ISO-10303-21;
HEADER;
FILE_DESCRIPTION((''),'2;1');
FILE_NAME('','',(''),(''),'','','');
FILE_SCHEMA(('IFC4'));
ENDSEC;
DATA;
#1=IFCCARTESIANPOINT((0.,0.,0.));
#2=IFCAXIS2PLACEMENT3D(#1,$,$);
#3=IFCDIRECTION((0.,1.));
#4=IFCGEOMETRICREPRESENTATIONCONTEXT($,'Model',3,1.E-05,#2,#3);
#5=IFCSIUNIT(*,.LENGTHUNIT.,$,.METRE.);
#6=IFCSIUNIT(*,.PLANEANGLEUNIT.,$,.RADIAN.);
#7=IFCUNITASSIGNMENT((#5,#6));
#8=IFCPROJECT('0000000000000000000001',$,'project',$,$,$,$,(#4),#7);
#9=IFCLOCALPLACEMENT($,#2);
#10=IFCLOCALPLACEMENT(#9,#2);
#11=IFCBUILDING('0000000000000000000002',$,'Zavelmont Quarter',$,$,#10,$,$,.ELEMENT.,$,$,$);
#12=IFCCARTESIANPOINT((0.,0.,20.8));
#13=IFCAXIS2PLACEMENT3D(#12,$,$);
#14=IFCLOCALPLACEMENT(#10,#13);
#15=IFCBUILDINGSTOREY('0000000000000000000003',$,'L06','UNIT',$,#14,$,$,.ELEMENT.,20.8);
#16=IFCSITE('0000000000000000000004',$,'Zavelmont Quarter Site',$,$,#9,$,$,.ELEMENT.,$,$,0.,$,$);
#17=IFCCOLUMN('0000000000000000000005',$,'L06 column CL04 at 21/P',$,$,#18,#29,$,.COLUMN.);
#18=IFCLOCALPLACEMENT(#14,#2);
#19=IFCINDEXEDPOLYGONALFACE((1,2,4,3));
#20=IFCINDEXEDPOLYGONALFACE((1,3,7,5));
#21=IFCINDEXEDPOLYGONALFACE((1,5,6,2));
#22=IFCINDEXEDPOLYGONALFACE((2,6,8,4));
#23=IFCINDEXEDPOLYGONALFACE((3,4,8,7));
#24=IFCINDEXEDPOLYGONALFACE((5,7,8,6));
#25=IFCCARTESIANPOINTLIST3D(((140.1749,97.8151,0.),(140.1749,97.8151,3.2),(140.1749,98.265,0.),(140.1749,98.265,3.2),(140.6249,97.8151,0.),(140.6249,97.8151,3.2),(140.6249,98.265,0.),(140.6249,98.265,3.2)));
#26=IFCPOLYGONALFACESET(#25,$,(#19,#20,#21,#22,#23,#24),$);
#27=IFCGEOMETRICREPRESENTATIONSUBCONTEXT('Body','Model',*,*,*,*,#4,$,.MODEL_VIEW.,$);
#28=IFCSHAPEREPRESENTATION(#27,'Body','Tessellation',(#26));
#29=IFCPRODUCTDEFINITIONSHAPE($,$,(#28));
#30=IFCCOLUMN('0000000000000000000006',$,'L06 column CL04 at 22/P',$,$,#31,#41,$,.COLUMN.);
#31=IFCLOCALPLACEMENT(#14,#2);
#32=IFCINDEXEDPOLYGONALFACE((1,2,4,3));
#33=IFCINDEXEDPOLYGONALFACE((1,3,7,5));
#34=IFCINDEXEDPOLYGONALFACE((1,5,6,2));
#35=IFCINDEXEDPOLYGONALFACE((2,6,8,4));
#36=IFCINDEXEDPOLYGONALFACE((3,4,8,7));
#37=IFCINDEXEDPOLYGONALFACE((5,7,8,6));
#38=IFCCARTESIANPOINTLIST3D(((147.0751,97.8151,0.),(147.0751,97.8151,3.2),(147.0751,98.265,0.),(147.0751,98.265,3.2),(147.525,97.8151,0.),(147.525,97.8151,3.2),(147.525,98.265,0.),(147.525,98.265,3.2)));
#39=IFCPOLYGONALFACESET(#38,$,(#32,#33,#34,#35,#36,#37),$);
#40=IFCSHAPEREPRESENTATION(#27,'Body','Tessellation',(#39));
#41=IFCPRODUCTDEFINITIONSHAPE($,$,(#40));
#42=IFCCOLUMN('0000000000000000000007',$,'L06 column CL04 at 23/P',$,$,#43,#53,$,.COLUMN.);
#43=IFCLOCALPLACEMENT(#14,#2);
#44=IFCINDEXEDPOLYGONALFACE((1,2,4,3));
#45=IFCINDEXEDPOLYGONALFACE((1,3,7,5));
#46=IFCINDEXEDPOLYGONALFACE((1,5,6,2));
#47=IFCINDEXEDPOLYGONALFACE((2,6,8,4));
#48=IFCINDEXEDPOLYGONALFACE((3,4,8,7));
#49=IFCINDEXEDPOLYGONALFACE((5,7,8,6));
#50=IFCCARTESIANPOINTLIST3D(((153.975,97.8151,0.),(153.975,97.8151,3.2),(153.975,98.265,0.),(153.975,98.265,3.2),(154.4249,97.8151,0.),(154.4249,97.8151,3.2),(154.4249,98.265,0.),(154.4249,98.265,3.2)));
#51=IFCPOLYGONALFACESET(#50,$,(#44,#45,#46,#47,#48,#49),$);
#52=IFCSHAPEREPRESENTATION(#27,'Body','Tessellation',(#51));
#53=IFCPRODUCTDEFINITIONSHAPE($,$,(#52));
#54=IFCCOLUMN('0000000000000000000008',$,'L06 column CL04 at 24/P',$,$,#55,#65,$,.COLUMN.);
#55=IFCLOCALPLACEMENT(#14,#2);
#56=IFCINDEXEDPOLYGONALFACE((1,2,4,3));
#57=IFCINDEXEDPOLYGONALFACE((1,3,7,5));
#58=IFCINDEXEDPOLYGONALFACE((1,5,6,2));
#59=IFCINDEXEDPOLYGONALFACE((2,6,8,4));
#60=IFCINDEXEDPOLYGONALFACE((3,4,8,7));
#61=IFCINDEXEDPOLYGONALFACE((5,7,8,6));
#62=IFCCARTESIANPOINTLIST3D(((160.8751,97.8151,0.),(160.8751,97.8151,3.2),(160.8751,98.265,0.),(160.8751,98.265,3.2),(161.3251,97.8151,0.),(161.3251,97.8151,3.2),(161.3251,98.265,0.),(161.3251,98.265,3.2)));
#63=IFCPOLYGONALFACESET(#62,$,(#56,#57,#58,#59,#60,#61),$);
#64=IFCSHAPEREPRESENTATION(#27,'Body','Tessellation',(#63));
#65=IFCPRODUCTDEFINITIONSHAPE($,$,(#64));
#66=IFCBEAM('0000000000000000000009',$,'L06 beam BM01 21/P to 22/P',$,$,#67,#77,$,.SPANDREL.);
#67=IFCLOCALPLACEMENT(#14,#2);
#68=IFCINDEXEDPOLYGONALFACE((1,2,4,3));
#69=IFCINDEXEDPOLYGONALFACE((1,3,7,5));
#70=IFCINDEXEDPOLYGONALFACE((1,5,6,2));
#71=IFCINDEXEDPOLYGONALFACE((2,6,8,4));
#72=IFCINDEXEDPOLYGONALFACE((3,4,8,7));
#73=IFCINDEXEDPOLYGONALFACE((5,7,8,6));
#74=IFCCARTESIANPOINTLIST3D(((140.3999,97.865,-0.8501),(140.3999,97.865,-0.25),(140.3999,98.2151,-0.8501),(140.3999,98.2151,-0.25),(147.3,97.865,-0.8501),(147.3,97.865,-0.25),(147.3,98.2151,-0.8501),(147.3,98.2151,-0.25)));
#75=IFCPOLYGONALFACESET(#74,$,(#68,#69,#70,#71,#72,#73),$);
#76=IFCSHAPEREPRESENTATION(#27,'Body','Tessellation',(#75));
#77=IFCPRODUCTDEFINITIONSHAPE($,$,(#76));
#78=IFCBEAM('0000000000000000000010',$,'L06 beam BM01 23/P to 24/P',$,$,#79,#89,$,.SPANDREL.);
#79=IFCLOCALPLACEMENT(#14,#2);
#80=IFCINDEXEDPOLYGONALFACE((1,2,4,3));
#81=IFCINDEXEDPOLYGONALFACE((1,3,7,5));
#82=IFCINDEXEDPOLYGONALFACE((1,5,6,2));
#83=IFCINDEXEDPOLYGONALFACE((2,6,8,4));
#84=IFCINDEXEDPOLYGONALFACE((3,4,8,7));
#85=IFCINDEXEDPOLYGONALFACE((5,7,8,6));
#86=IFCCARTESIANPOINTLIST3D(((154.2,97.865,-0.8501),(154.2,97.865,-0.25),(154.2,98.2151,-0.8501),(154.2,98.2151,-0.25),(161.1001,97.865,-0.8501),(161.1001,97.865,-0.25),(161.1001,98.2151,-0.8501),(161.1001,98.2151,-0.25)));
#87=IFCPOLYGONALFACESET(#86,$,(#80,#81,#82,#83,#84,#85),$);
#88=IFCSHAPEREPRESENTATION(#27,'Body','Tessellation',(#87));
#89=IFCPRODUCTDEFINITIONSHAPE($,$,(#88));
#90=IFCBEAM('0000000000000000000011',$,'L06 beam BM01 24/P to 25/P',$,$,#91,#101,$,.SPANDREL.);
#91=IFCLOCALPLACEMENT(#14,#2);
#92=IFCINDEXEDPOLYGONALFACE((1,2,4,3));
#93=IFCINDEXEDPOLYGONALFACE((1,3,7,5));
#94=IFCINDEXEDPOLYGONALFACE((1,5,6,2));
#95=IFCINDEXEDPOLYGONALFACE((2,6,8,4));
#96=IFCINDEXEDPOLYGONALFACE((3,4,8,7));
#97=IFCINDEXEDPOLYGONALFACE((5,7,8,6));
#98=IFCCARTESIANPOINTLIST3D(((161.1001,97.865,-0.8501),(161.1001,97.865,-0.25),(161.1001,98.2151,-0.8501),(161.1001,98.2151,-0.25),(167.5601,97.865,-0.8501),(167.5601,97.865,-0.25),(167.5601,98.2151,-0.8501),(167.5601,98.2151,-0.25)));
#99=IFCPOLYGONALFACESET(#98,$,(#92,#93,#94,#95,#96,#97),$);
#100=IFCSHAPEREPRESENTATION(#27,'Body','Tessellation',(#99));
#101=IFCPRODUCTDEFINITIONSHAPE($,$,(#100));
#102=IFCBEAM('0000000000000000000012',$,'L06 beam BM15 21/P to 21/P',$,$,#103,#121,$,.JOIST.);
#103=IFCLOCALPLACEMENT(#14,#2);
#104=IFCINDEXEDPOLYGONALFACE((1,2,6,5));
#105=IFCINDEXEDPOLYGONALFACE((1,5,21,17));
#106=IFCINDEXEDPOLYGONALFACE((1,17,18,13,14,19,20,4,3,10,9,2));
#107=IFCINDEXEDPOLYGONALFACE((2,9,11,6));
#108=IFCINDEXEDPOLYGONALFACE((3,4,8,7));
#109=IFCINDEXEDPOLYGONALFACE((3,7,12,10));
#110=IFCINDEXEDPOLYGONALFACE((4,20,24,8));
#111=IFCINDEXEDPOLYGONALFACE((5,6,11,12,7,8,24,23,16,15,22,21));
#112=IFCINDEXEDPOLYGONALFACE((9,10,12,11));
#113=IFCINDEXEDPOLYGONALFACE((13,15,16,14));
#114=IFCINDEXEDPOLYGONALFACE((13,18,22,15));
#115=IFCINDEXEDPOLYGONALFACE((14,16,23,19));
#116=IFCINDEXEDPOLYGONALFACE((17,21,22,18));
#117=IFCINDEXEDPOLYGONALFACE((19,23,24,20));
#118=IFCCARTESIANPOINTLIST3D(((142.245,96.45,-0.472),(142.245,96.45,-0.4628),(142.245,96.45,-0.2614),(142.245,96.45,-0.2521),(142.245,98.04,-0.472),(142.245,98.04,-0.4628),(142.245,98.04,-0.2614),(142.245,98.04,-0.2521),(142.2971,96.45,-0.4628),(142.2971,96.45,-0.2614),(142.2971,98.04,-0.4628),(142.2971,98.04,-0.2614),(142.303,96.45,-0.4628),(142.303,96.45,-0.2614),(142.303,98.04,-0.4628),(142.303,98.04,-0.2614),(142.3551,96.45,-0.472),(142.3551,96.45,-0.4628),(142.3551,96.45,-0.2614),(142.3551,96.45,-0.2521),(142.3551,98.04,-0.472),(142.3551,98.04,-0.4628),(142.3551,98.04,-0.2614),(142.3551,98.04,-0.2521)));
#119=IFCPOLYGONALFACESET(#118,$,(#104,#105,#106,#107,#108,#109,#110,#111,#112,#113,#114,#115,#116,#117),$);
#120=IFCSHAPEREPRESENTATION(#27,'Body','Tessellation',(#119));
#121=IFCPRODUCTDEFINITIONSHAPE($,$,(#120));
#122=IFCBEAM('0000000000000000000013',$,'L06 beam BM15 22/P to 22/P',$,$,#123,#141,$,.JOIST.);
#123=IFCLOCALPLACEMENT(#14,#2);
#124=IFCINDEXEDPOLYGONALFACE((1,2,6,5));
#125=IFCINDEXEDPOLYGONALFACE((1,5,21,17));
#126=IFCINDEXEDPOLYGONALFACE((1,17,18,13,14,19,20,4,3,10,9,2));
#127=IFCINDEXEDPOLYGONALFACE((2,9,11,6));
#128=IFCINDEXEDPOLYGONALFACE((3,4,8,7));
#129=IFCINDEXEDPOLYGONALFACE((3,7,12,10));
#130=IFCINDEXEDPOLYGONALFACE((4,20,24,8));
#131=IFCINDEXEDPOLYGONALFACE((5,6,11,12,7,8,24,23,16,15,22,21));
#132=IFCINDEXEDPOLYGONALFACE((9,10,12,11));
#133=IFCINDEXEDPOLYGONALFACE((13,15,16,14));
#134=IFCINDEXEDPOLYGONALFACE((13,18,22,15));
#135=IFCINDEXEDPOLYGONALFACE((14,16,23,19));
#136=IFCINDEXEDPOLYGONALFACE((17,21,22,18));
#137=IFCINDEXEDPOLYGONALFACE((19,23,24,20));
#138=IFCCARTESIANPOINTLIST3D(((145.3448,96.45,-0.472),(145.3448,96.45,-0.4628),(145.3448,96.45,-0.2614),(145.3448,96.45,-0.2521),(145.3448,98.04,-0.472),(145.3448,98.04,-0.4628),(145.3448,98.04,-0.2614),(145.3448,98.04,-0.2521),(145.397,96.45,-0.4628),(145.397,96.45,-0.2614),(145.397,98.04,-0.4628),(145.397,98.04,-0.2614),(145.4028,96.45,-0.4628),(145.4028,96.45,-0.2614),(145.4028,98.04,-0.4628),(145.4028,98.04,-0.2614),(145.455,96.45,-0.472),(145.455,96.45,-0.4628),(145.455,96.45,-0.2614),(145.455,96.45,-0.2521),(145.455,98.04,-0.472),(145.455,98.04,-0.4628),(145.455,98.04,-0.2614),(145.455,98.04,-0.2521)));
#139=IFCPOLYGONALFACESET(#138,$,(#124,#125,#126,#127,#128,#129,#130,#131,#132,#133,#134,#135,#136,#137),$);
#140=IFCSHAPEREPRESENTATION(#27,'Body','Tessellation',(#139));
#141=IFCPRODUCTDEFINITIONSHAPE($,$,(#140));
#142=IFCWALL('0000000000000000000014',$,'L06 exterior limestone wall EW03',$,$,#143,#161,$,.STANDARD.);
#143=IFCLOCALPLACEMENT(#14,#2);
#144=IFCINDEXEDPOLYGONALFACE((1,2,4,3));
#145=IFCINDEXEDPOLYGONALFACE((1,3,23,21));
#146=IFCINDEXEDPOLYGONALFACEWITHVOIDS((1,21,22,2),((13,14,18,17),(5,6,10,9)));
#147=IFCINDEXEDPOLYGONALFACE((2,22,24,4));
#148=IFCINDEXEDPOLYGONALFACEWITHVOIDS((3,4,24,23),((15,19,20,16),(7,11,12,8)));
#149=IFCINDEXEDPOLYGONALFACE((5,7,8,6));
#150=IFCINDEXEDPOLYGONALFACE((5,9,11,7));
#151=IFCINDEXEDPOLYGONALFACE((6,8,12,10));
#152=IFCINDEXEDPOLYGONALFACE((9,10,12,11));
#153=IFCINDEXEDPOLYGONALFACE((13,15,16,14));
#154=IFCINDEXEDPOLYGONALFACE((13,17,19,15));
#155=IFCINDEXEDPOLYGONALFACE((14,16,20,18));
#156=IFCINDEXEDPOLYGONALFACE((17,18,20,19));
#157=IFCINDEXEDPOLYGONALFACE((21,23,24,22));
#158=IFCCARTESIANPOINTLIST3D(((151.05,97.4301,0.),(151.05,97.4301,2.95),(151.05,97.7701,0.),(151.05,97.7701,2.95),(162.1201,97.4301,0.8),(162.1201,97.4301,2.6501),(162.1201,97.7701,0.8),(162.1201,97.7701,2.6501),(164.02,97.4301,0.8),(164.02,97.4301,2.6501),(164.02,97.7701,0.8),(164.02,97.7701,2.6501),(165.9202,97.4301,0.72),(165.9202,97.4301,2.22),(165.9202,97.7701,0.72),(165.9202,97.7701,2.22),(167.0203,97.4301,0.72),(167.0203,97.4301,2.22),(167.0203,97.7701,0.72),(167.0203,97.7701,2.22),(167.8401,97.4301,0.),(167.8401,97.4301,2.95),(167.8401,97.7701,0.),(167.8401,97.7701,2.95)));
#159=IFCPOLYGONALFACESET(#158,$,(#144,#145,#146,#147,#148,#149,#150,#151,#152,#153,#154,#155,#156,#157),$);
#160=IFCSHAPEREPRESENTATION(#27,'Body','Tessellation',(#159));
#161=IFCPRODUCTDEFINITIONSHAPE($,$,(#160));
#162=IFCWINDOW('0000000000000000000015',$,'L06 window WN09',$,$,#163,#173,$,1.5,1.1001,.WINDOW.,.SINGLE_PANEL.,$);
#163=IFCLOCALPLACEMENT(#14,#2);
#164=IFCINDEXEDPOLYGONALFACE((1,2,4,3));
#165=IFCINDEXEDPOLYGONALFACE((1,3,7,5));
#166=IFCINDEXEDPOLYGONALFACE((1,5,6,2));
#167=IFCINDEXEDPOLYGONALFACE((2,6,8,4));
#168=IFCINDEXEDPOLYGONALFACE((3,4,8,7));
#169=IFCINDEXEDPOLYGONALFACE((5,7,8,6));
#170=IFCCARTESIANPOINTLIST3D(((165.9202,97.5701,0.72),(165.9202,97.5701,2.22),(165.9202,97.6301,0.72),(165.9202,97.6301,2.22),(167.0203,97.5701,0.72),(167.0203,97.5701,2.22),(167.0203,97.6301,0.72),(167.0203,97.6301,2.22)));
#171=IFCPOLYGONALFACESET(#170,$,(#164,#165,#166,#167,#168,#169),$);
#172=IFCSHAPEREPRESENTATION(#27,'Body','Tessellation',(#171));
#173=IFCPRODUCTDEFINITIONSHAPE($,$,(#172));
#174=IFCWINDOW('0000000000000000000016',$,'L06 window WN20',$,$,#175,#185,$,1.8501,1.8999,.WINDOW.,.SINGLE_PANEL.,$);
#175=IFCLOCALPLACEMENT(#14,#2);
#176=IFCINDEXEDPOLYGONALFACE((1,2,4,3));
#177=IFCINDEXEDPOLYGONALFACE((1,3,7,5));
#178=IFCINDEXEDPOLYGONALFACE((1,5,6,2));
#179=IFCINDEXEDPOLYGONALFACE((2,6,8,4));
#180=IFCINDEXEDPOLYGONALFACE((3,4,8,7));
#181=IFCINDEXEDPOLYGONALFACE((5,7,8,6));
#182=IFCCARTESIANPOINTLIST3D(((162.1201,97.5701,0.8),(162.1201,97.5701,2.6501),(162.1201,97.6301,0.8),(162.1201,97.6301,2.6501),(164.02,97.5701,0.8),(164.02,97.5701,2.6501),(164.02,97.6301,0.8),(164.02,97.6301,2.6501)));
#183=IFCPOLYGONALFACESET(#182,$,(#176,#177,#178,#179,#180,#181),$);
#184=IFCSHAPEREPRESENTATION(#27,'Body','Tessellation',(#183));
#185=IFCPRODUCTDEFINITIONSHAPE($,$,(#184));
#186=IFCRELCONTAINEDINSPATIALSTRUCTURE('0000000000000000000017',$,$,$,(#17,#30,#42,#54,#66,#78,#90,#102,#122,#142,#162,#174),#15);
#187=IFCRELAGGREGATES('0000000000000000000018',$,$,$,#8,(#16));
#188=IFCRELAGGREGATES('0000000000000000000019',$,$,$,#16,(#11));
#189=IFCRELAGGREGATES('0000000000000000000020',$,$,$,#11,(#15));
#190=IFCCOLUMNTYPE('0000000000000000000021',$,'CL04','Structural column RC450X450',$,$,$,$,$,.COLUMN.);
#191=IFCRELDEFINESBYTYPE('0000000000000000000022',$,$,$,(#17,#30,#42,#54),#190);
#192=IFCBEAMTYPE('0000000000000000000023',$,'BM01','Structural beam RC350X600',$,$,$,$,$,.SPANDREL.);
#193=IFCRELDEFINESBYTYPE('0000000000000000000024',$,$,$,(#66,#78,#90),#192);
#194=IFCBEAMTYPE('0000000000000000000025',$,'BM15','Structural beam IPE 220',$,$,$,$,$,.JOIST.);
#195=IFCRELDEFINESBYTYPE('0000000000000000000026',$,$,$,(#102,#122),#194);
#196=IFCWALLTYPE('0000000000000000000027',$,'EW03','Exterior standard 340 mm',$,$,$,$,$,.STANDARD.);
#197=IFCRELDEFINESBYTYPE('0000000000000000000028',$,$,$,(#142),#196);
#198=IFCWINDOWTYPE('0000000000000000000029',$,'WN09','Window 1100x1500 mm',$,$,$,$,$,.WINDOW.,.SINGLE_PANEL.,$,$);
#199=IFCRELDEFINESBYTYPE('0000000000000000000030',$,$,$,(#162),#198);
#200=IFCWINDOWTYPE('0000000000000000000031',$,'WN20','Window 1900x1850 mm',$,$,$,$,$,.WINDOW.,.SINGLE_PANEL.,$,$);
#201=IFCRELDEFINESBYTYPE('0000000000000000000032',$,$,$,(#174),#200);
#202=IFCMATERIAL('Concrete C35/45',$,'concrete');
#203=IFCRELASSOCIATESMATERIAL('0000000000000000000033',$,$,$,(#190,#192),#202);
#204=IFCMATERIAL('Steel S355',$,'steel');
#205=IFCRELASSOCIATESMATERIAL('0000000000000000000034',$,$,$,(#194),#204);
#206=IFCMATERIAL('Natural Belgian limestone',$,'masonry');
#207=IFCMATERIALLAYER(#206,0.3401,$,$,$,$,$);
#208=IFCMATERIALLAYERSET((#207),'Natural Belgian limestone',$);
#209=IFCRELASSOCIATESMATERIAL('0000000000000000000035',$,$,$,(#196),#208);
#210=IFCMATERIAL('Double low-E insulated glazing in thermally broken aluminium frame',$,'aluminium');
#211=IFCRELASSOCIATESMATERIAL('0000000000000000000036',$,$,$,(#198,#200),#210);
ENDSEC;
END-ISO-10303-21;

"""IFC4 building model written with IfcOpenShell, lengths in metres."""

from ifc_helpers import new_model, si_unit, direction, frame, frame_2d, origin, origin_with_axes, origin_2d, place, context, subcontext, project, spatial, rectangle, i_section, extrude, material, layer, layer_set, material_profile, profile_set, type_object, element, fill, save


model = new_model("IFC4")

# Units and contexts
model_context = context("Model", 3, precision=1e-05, world=origin(), true_north=direction((0.0, 1.0)))
body_context = subcontext(model_context, "Body", "Model", "MODEL_VIEW")
ifc_project = project(units=[si_unit("LENGTHUNIT", "METRE"), si_unit("PLANEANGLEUNIT", "RADIAN")], contexts=[model_context])

# Site, building, storey
site_placement = place(None, origin())
site = spatial("IfcSite", under=ifc_project, at=site_placement, Name="Zavelmont Quarter Site", CompositionType="ELEMENT", RefElevation=0.0)
building_placement = place(site_placement, origin())
building = spatial("IfcBuilding", under=site, at=building_placement, Name="Zavelmont Quarter", CompositionType="ELEMENT")
storey_placement = place(building_placement, frame((0.0, 0.0, 20.8)))
storey = spatial("IfcBuildingStorey", under=building, at=storey_placement, Name="L06", Description="UNIT", CompositionType="ELEMENT", Elevation=20.8)

# Columns
ifc_material_1 = material(Name="Concrete C35/45", Category="concrete")
ifc_material_profile_1 = material_profile(ifc_material_1, rectangle(XDim=0.45, YDim=0.45, at=origin_2d()), Name="RC450X450")
ifc_profile_set_1 = profile_set([ifc_material_profile_1], Name="Concrete C35/45")
column_type = type_object("IfcColumnType", Name="CL04", Description="Structural column RC450X450", PredefinedType="COLUMN", material=ifc_profile_set_1)
for number, where, z_axis, x_axis, name in (
    (1, (140.3999, 98.04, 0.0), (0.0, 0.0, 1.0), (1.0, 0.0, 0.0), "L06 column CL04 at 21/P"),
    (2, (147.3, 98.04, 0.0), (0.0, 0.0, 1.0), (1.0, 0.0, 0.0), "L06 column CL04 at 22/P"),
    (3, (154.2, 98.04, 0.0), (0.0, 0.0, 1.0), (1.0, 0.0, 0.0), "L06 column CL04 at 23/P"),
    (4, (161.1001, 98.04, 0.0), (0.0, 0.0, 1.0), (1.0, 0.0, 0.0), "L06 column CL04 at 24/P"),
):
    element("IfcColumn", number, at=place(storey_placement, frame(where, z_axis=z_axis, x_axis=x_axis)), inside=storey, type_object=column_type, Name=name, PredefinedType="COLUMN", context=body_context, shape_type="SweptSolid", body=[
        extrude(rectangle(XDim=0.45, YDim=0.45, at=origin_2d()), origin(), (0.0, 0.0, 1.0), 3.2),
    ])

# Beams
ifc_material_profile_2 = material_profile(ifc_material_1, rectangle(XDim=0.3501, YDim=0.6001, at=origin_2d()), Name="RC350X600")
ifc_profile_set_2 = profile_set([ifc_material_profile_2], Name="Concrete C35/45")
beam_type_1 = type_object("IfcBeamType", Name="BM01", Description="Structural beam RC350X600", PredefinedType="SPANDREL", material=ifc_profile_set_2)
for number, where, z_axis, x_axis, name in (
    (5, (140.3999, 98.04, -0.55), (1.0, 0.0, 0.0), (0.0, 1.0, 0.0), "L06 beam BM01 21/P to 22/P"),
    (6, (154.2, 98.04, -0.55), (1.0, 0.0, 0.0), (0.0, 1.0, 0.0), "L06 beam BM01 23/P to 24/P"),
):
    element("IfcBeam", number, at=place(storey_placement, frame(where, z_axis=z_axis, x_axis=x_axis)), inside=storey, type_object=beam_type_1, Name=name, PredefinedType="SPANDREL", context=body_context, shape_type="SweptSolid", body=[
        extrude(rectangle(XDim=0.3501, YDim=0.6001, at=origin_2d()), origin(), (0.0, 0.0, 1.0), 6.9001),
    ])
beam_placement = place(storey_placement, frame((161.1001, 98.04, -0.55), z_axis=(1.0, 0.0, 0.0), x_axis=(0.0, 1.0, 0.0)))
element("IfcBeam", 7, at=beam_placement, inside=storey, type_object=beam_type_1, Name="L06 beam BM01 24/P to 25/P", PredefinedType="SPANDREL", context=body_context, shape_type="SweptSolid", body=[
    extrude(rectangle(XDim=0.3501, YDim=0.6001, at=origin_2d()), origin(), (0.0, 0.0, 1.0), 6.46),
])
ifc_material_2 = material(Name="Steel S355", Category="steel")
ifc_material_profile_3 = material_profile(ifc_material_2, i_section(OverallWidth=0.1101, OverallDepth=0.22, WebThickness=0.0059, FlangeThickness=0.0093, at=origin_2d()), Name="IPE 220")
ifc_profile_set_3 = profile_set([ifc_material_profile_3], Name="Steel S355")
beam_type_2 = type_object("IfcBeamType", Name="BM15", Description="Structural beam IPE 220", PredefinedType="JOIST", material=ifc_profile_set_3)
for number, where, z_axis, x_axis, name in (
    (8, (142.3, 98.04, -0.3621), (0.0, -1.0, 0.0), (1.0, 0.0, 0.0), "L06 beam BM15 21/P to 21/P"),
    (9, (145.3999, 98.04, -0.3621), (0.0, -1.0, 0.0), (1.0, 0.0, 0.0), "L06 beam BM15 22/P to 22/P"),
):
    element("IfcBeam", number, at=place(storey_placement, frame(where, z_axis=z_axis, x_axis=x_axis)), inside=storey, type_object=beam_type_2, Name=name, PredefinedType="JOIST", context=body_context, shape_type="SweptSolid", body=[
        extrude(i_section(OverallWidth=0.1101, OverallDepth=0.22, WebThickness=0.0059, FlangeThickness=0.0093, at=origin_2d()), origin(), (0.0, 0.0, 1.0), 1.5901),
    ])

# Wall, openings, windows
ifc_material_3 = material(Name="Natural Belgian limestone", Category="masonry")
ifc_layer_1 = layer(ifc_material_3, 0.3401)
ifc_layer_set_1 = layer_set([ifc_layer_1], Name="Natural Belgian limestone")
wall_type_1 = type_object("IfcWallType", Name="EW03", Description="Exterior standard 340 mm", PredefinedType="STANDARD", material=ifc_layer_set_1)
wall_1_placement = place(storey_placement, frame((151.05, 97.6001, 0.0), z_axis=(0.0, 0.0, 1.0), x_axis=(1.0, 0.0, 0.0)))
wall_1 = element("IfcWall", 10, at=wall_1_placement, inside=storey, type_object=wall_type_1, Name="L06 exterior limestone wall EW03", PredefinedType="STANDARD", context=body_context, shape_type="SweptSolid", body=[
    extrude(rectangle(XDim=16.79, YDim=0.3401, at=frame_2d((8.395, 0.0))), origin(), (0.0, 0.0, 1.0), 2.95),
])
opening_1_placement = place(wall_1_placement, frame((11.0701, 0.0, 0.8)))
opening_1 = element("IfcOpeningElement", 11, at=opening_1_placement, cuts=wall_1, PredefinedType="OPENING", context=body_context, shape_type="SweptSolid", body=[
    extrude(rectangle(XDim=1.8999, YDim=1.8501, at=frame_2d((0.95, 0.925))), frame((0.0, 0.1821, 0.0), z_axis=(0.0, -1.0, 0.0), x_axis=(1.0, 0.0, 0.0)), (0.0, 0.0, 1.0), 0.364),
])
opening_2_placement = place(wall_1_placement, frame((14.8701, 0.0, 0.72)))
opening_2 = element("IfcOpeningElement", 12, at=opening_2_placement, cuts=wall_1, PredefinedType="OPENING", context=body_context, shape_type="SweptSolid", body=[
    extrude(rectangle(XDim=1.1001, YDim=1.5, at=frame_2d((0.55, 0.75))), frame((0.0, 0.1821, 0.0), z_axis=(0.0, -1.0, 0.0), x_axis=(1.0, 0.0, 0.0)), (0.0, 0.0, 1.0), 0.364),
])
ifc_material_4 = material(Name="Double low-E insulated glazing in thermally broken aluminium frame", Category="aluminium")
window_type_1 = type_object("IfcWindowType", Name="WN09", Description="Window 1100x1500 mm", PartitioningType="SINGLE_PANEL", PredefinedType="WINDOW", material=ifc_material_4)
window_1_placement = place(opening_2_placement, origin_with_axes())
window_1 = element("IfcWindow", 13, at=window_1_placement, inside=storey, type_object=window_type_1, Name="L06 window WN09", OverallHeight=1.5, OverallWidth=1.1001, PartitioningType="SINGLE_PANEL", PredefinedType="WINDOW", context=body_context, shape_type="SweptSolid", body=[
    extrude(rectangle(XDim=1.1001, YDim=1.5, at=frame_2d((0.55, 0.75))), frame((0.0, 0.03, 0.0), z_axis=(0.0, -1.0, 0.0), x_axis=(1.0, 0.0, 0.0)), (0.0, 0.0, 1.0), 0.0601),
])
fill(opening_2, window_1)
window_type_2 = type_object("IfcWindowType", Name="WN20", Description="Window 1900x1850 mm", PartitioningType="SINGLE_PANEL", PredefinedType="WINDOW", material=ifc_material_4)
window_2_placement = place(opening_1_placement, origin_with_axes())
window_2 = element("IfcWindow", 14, at=window_2_placement, inside=storey, type_object=window_type_2, Name="L06 window WN20", OverallHeight=1.8501, OverallWidth=1.8999, PartitioningType="SINGLE_PANEL", PredefinedType="WINDOW", context=body_context, shape_type="SweptSolid", body=[
    extrude(rectangle(XDim=1.8999, YDim=1.8501, at=frame_2d((0.95, 0.925))), frame((0.0, 0.03, 0.0), z_axis=(0.0, -1.0, 0.0), x_axis=(1.0, 0.0, 0.0)), (0.0, 0.0, 1.0), 0.0601),
])
fill(opening_1, window_2)

save(model, "model.ifc")
